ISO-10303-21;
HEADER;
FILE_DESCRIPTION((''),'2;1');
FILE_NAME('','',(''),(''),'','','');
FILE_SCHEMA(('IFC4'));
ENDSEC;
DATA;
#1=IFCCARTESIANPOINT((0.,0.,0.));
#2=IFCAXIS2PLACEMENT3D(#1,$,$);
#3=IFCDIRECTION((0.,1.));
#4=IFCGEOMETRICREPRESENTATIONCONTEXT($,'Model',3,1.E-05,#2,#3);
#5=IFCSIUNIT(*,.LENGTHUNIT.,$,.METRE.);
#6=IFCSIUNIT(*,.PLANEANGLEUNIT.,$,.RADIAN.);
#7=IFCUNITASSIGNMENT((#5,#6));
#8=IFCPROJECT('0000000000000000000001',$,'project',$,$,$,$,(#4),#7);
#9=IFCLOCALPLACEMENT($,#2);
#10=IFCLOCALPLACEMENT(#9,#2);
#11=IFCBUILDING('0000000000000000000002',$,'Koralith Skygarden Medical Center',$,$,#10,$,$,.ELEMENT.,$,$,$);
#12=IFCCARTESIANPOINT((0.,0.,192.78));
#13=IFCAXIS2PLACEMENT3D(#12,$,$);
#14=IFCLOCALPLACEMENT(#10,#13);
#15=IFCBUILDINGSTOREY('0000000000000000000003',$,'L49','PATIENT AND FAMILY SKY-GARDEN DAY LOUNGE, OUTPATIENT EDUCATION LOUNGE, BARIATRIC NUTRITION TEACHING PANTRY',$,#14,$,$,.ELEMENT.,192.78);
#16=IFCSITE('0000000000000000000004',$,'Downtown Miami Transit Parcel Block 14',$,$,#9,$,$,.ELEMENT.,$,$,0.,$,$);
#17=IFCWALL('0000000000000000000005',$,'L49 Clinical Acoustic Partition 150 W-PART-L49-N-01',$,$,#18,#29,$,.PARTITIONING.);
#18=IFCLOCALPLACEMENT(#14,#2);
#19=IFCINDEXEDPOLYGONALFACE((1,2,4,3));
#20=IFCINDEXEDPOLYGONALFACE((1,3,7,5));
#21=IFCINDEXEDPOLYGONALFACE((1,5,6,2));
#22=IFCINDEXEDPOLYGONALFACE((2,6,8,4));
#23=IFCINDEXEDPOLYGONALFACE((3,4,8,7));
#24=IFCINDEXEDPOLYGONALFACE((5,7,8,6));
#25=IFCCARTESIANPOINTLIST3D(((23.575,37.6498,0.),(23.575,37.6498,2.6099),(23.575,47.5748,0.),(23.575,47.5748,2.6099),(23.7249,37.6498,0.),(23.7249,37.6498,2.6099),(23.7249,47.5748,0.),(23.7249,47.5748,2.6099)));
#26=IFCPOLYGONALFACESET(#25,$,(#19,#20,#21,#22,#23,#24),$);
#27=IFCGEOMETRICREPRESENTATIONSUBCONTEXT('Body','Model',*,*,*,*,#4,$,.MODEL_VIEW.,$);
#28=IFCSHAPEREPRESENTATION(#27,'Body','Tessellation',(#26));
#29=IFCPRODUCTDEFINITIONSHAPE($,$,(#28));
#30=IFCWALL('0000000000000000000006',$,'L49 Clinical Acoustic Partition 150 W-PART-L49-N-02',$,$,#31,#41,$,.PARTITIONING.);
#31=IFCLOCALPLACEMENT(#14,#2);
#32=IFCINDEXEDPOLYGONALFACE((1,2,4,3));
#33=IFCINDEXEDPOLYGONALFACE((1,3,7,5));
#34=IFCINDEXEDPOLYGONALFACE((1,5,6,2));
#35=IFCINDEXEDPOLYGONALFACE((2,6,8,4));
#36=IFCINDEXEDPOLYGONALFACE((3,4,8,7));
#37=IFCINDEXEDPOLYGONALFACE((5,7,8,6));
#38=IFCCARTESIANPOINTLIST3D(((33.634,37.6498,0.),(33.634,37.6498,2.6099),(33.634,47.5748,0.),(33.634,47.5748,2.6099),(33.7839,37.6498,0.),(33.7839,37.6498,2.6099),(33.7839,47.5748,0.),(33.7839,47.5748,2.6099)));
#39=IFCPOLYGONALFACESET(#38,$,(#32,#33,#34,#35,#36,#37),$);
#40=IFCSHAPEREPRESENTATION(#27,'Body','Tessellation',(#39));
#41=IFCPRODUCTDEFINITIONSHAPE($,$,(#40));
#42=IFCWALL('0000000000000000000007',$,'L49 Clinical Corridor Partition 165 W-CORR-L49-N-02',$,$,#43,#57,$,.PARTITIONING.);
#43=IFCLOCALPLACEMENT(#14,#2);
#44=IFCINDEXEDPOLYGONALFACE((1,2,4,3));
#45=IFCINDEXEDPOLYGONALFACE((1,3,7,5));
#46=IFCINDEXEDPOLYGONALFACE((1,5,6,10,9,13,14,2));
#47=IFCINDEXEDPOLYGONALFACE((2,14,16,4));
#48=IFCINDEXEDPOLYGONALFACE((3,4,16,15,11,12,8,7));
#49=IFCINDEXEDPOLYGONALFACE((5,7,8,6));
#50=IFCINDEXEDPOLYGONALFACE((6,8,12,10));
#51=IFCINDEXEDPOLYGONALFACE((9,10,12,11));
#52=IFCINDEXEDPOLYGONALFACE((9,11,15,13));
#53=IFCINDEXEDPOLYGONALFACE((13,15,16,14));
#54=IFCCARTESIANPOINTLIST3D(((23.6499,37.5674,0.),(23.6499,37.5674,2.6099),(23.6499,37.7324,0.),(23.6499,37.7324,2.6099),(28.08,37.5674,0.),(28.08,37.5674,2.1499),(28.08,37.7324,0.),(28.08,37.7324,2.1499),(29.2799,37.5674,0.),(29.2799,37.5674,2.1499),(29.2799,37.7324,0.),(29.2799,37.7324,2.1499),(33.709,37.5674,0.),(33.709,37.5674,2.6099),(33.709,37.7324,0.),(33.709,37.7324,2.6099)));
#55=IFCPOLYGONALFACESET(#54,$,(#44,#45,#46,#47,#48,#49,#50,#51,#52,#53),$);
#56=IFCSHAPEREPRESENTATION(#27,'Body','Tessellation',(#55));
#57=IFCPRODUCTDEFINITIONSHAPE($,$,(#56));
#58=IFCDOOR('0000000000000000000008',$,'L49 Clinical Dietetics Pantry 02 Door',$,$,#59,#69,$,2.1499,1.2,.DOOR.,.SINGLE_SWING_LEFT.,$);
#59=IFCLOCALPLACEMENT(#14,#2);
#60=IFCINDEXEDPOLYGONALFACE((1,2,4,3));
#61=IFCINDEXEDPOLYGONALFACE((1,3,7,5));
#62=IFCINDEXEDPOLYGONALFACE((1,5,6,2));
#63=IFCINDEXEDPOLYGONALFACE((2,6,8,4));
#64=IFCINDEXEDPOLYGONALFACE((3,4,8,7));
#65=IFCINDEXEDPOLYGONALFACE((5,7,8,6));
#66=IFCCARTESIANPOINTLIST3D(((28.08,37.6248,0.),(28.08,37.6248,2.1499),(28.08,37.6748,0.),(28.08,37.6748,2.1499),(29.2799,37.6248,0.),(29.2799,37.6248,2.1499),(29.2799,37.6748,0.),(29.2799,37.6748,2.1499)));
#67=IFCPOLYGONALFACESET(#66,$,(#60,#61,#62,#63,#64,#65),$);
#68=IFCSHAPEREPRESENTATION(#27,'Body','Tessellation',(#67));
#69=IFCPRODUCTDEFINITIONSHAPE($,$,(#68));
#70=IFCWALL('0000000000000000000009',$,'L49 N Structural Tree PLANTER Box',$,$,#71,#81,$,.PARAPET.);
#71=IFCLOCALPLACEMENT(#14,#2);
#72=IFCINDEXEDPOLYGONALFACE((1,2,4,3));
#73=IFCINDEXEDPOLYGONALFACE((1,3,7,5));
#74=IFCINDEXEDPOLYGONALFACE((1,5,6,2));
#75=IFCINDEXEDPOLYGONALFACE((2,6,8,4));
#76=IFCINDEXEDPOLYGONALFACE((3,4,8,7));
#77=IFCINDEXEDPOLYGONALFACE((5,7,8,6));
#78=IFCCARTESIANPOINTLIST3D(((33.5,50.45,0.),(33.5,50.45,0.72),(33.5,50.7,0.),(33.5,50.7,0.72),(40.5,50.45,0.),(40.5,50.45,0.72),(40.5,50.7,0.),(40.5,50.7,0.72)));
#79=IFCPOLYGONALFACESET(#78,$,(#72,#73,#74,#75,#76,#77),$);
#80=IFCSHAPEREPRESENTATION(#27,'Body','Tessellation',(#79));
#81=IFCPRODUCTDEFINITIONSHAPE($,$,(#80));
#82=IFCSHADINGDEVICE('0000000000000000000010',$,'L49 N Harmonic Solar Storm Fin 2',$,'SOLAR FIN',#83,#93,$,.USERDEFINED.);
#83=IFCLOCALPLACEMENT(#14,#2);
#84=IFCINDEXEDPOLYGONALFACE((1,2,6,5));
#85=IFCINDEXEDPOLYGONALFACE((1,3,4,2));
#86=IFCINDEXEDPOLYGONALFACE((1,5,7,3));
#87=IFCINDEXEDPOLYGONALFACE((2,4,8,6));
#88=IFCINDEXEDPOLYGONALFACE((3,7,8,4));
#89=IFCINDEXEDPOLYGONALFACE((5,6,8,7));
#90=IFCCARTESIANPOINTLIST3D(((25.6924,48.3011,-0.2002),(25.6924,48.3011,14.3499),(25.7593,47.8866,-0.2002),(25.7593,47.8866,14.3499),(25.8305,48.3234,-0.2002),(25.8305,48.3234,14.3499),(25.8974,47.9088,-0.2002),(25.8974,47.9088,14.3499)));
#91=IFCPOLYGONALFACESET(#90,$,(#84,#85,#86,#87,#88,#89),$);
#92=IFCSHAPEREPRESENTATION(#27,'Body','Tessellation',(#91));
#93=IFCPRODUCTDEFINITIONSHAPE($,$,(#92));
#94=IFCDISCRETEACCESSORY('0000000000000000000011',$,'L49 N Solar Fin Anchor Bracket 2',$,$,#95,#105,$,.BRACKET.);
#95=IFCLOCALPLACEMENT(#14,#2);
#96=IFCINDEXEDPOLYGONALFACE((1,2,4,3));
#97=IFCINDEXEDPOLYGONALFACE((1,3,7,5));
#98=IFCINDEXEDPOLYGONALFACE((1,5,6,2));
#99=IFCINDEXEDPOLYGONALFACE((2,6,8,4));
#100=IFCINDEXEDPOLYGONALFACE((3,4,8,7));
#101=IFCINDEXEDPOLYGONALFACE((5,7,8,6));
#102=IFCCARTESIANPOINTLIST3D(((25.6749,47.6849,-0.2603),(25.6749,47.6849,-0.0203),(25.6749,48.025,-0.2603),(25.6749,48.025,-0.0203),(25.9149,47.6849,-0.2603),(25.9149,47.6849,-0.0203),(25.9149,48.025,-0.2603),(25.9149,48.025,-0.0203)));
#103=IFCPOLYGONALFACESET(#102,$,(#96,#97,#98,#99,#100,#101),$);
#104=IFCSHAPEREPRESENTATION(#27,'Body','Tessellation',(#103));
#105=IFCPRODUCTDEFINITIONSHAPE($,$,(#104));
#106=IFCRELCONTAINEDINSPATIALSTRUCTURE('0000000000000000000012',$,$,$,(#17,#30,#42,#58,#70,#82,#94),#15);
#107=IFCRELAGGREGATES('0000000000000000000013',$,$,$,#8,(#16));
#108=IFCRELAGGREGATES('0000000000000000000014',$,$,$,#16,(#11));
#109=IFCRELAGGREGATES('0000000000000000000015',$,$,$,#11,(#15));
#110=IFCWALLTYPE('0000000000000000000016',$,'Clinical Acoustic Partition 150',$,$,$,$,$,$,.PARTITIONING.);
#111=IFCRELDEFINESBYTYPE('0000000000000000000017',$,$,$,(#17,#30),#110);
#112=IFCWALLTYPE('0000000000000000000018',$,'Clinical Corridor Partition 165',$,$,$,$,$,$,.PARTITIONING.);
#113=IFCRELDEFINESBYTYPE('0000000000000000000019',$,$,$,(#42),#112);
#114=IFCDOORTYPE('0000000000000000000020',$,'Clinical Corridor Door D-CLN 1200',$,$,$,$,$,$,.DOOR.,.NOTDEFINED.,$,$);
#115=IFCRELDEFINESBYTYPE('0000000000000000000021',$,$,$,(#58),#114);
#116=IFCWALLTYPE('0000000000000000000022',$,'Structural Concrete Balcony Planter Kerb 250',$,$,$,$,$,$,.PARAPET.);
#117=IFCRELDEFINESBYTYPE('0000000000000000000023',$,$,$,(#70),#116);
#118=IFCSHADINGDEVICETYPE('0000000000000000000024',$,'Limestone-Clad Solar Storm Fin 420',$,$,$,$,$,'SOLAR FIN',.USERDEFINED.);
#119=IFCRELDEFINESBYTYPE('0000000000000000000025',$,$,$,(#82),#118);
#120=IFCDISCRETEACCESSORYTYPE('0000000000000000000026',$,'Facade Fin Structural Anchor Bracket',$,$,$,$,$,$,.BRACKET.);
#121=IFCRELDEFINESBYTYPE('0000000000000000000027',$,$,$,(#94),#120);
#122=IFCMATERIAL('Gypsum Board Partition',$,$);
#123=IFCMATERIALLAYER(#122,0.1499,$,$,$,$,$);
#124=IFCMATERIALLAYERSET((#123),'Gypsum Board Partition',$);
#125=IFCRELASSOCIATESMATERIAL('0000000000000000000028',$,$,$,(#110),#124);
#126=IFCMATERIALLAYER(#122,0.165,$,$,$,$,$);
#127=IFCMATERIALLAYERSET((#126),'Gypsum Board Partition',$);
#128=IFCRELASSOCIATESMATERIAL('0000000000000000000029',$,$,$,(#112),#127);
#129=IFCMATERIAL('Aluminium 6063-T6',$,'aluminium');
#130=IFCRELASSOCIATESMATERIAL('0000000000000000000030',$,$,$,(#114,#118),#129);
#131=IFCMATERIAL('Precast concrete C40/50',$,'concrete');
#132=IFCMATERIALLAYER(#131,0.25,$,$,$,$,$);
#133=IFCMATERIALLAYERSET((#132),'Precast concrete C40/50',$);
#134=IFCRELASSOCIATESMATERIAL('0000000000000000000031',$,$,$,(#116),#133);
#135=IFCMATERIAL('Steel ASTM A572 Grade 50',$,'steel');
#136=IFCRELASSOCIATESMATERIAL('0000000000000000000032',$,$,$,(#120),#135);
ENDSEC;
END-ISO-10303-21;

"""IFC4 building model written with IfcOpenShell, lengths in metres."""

from ifc_helpers import new_model, si_unit, direction, frame, frame_2d, origin, origin_2d, place, context, subcontext, project, spatial, rectangle, extrude, material, layer, layer_set, type_object, element, fill, save


model = new_model("IFC4")

# Units and contexts
model_context = context("Model", 3, precision=1e-05, world=origin(), true_north=direction((0.0, 1.0)))
body_context = subcontext(model_context, "Body", "Model", "MODEL_VIEW")
ifc_project = project(units=[si_unit("LENGTHUNIT", "METRE"), si_unit("PLANEANGLEUNIT", "RADIAN")], contexts=[model_context])

# Site, building, storey
site_placement = place(None, origin())
site = spatial("IfcSite", under=ifc_project, at=site_placement, Name="Downtown Miami Transit Parcel Block 14", CompositionType="ELEMENT", RefElevation=0.0)
building_placement = place(site_placement, origin())
building = spatial("IfcBuilding", under=site, at=building_placement, Name="Koralith Skygarden Medical Center", CompositionType="ELEMENT")
storey_placement = place(building_placement, frame((0.0, 0.0, 192.78)))
storey = spatial("IfcBuildingStorey", under=building, at=storey_placement, Name="L49", Description="PATIENT AND FAMILY SKY-GARDEN DAY LOUNGE, OUTPATIENT EDUCATION LOUNGE, BARIATRIC NUTRITION TEACHING PANTRY", CompositionType="ELEMENT", Elevation=192.78)

# Shared definitions
ifc_material_1 = material(Name="Aluminium 6063-T6", Category="aluminium")

# Walls
ifc_material_2 = material(Name="Gypsum Board Partition")
ifc_layer_1 = layer(ifc_material_2, 0.1499)
ifc_layer_set_1 = layer_set([ifc_layer_1], Name="Gypsum Board Partition")
wall_type_1 = type_object("IfcWallType", Name="Clinical Acoustic Partition 150", PredefinedType="PARTITIONING", material=ifc_layer_set_1)
for number, where, z_axis, x_axis, name in (
    (1, (23.6499, 37.6499, 0.0), (0.0, 0.0, 1.0), (0.0, 1.0, 0.0), "L49 Clinical Acoustic Partition 150 W-PART-L49-N-01"),
    (2, (33.709, 37.6499, 0.0), (0.0, 0.0, 1.0), (0.0, 1.0, 0.0), "L49 Clinical Acoustic Partition 150 W-PART-L49-N-02"),
):
    element("IfcWall", number, at=place(storey_placement, frame(where, z_axis=z_axis, x_axis=x_axis)), inside=storey, type_object=wall_type_1, Name=name, PredefinedType="PARTITIONING", context=body_context, shape_type="SweptSolid", body=[
        extrude(rectangle(XDim=9.925, YDim=0.1499, at=frame_2d((4.9624, 0.0))), origin(), (0.0, 0.0, 1.0), 2.6099),
    ])

# Wall, opening, door
ifc_layer_2 = layer(ifc_material_2, 0.165)
ifc_layer_set_2 = layer_set([ifc_layer_2], Name="Gypsum Board Partition")
wall_type_2 = type_object("IfcWallType", Name="Clinical Corridor Partition 165", PredefinedType="PARTITIONING", material=ifc_layer_set_2)
wall_1_placement = place(storey_placement, frame((23.6499, 37.6499, 0.0), z_axis=(0.0, 0.0, 1.0), x_axis=(1.0, 0.0, 0.0)))
wall_1 = element("IfcWall", 3, at=wall_1_placement, inside=storey, type_object=wall_type_2, Name="L49 Clinical Corridor Partition 165 W-CORR-L49-N-02", PredefinedType="PARTITIONING", context=body_context, shape_type="SweptSolid", body=[
    extrude(rectangle(XDim=10.0591, YDim=0.165, at=frame_2d((5.0295, 0.0))), origin(), (0.0, 0.0, 1.0), 2.6099),
])
opening_1_placement = place(wall_1_placement, frame((4.4299, 0.0, 0.0)))
opening_1 = element("IfcOpeningElement", 4, at=opening_1_placement, cuts=wall_1, PredefinedType="OPENING", context=body_context, shape_type="SweptSolid", body=[
    extrude(rectangle(XDim=1.2, YDim=2.1499, at=frame_2d((0.6001, 1.075))), frame((0.0, 0.0925, 0.0), z_axis=(0.0, -1.0, 0.0), x_axis=(1.0, 0.0, 0.0)), (0.0, 0.0, 1.0), 0.1851),
])
door_type_1 = type_object("IfcDoorType", Name="Clinical Corridor Door D-CLN 1200", OperationType="NOTDEFINED", PredefinedType="DOOR", material=ifc_material_1)
door_1_placement = place(opening_1_placement, origin())
door_1 = element("IfcDoor", 5, at=door_1_placement, inside=storey, type_object=door_type_1, Name="L49 Clinical Dietetics Pantry 02 Door", OperationType="SINGLE_SWING_LEFT", OverallHeight=2.1499, OverallWidth=1.2, PredefinedType="DOOR", context=body_context, shape_type="SweptSolid", body=[
    extrude(rectangle(XDim=1.2, YDim=2.1499, at=frame_2d((0.6001, 1.075))), frame((0.0, 0.0249, 0.0), z_axis=(0.0, -1.0, 0.0), x_axis=(1.0, 0.0, 0.0)), (0.0, 0.0, 1.0), 0.05),
])
fill(opening_1, door_1)

# Wall
ifc_material_3 = material(Name="Precast concrete C40/50", Category="concrete")
ifc_layer_3 = layer(ifc_material_3, 0.25)
ifc_layer_set_3 = layer_set([ifc_layer_3], Name="Precast concrete C40/50")
wall_type_3 = type_object("IfcWallType", Name="Structural Concrete Balcony Planter Kerb 250", PredefinedType="PARAPET", material=ifc_layer_set_3)
wall_2_placement = place(storey_placement, frame((33.5, 50.575, 0.0), z_axis=(0.0, 0.0, 1.0), x_axis=(1.0, 0.0, 0.0)))
element("IfcWall", 6, at=wall_2_placement, inside=storey, type_object=wall_type_3, Name="L49 N Structural Tree PLANTER Box", PredefinedType="PARAPET", context=body_context, shape_type="SweptSolid", body=[
    extrude(rectangle(XDim=7.0, YDim=0.25, at=frame_2d((3.5, 0.0))), origin(), (0.0, 0.0, 1.0), 0.72),
])

# Shading device
shading_device_type = type_object("IfcShadingDeviceType", Name="Limestone-Clad Solar Storm Fin 420", ElementType="SOLAR FIN", PredefinedType="USERDEFINED", material=ifc_material_1)
shading_device_placement = place(storey_placement, frame((25.7949, 48.105, -0.2002), z_axis=(0.0, 0.0, 1.0), x_axis=(-0.159313, 0.987228, 0.0)))
element("IfcShadingDevice", 7, at=shading_device_placement, inside=storey, type_object=shading_device_type, Name="L49 N Harmonic Solar Storm Fin 2", ObjectType="SOLAR FIN", PredefinedType="USERDEFINED", context=body_context, shape_type="SweptSolid", body=[
    extrude(rectangle(XDim=0.4199, YDim=0.1399, at=origin_2d()), origin(), (0.0, 0.0, 1.0), 14.55),
])

# Discrete accessory
ifc_material_4 = material(Name="Steel ASTM A572 Grade 50", Category="steel")
discrete_accessory_type = type_object("IfcDiscreteAccessoryType", Name="Facade Fin Structural Anchor Bracket", PredefinedType="BRACKET", material=ifc_material_4)
discrete_accessory_placement = place(storey_placement, frame((25.7949, 47.855, -0.2603), z_axis=(0.0, 0.0, 1.0), x_axis=(0.0, 1.0, 0.0)))
element("IfcDiscreteAccessory", 8, at=discrete_accessory_placement, inside=storey, type_object=discrete_accessory_type, Name="L49 N Solar Fin Anchor Bracket 2", PredefinedType="BRACKET", context=body_context, shape_type="SweptSolid", body=[
    extrude(rectangle(XDim=0.3401, YDim=0.24, at=origin_2d()), origin(), (0.0, 0.0, 1.0), 0.24),
])

save(model, "model.ifc")
